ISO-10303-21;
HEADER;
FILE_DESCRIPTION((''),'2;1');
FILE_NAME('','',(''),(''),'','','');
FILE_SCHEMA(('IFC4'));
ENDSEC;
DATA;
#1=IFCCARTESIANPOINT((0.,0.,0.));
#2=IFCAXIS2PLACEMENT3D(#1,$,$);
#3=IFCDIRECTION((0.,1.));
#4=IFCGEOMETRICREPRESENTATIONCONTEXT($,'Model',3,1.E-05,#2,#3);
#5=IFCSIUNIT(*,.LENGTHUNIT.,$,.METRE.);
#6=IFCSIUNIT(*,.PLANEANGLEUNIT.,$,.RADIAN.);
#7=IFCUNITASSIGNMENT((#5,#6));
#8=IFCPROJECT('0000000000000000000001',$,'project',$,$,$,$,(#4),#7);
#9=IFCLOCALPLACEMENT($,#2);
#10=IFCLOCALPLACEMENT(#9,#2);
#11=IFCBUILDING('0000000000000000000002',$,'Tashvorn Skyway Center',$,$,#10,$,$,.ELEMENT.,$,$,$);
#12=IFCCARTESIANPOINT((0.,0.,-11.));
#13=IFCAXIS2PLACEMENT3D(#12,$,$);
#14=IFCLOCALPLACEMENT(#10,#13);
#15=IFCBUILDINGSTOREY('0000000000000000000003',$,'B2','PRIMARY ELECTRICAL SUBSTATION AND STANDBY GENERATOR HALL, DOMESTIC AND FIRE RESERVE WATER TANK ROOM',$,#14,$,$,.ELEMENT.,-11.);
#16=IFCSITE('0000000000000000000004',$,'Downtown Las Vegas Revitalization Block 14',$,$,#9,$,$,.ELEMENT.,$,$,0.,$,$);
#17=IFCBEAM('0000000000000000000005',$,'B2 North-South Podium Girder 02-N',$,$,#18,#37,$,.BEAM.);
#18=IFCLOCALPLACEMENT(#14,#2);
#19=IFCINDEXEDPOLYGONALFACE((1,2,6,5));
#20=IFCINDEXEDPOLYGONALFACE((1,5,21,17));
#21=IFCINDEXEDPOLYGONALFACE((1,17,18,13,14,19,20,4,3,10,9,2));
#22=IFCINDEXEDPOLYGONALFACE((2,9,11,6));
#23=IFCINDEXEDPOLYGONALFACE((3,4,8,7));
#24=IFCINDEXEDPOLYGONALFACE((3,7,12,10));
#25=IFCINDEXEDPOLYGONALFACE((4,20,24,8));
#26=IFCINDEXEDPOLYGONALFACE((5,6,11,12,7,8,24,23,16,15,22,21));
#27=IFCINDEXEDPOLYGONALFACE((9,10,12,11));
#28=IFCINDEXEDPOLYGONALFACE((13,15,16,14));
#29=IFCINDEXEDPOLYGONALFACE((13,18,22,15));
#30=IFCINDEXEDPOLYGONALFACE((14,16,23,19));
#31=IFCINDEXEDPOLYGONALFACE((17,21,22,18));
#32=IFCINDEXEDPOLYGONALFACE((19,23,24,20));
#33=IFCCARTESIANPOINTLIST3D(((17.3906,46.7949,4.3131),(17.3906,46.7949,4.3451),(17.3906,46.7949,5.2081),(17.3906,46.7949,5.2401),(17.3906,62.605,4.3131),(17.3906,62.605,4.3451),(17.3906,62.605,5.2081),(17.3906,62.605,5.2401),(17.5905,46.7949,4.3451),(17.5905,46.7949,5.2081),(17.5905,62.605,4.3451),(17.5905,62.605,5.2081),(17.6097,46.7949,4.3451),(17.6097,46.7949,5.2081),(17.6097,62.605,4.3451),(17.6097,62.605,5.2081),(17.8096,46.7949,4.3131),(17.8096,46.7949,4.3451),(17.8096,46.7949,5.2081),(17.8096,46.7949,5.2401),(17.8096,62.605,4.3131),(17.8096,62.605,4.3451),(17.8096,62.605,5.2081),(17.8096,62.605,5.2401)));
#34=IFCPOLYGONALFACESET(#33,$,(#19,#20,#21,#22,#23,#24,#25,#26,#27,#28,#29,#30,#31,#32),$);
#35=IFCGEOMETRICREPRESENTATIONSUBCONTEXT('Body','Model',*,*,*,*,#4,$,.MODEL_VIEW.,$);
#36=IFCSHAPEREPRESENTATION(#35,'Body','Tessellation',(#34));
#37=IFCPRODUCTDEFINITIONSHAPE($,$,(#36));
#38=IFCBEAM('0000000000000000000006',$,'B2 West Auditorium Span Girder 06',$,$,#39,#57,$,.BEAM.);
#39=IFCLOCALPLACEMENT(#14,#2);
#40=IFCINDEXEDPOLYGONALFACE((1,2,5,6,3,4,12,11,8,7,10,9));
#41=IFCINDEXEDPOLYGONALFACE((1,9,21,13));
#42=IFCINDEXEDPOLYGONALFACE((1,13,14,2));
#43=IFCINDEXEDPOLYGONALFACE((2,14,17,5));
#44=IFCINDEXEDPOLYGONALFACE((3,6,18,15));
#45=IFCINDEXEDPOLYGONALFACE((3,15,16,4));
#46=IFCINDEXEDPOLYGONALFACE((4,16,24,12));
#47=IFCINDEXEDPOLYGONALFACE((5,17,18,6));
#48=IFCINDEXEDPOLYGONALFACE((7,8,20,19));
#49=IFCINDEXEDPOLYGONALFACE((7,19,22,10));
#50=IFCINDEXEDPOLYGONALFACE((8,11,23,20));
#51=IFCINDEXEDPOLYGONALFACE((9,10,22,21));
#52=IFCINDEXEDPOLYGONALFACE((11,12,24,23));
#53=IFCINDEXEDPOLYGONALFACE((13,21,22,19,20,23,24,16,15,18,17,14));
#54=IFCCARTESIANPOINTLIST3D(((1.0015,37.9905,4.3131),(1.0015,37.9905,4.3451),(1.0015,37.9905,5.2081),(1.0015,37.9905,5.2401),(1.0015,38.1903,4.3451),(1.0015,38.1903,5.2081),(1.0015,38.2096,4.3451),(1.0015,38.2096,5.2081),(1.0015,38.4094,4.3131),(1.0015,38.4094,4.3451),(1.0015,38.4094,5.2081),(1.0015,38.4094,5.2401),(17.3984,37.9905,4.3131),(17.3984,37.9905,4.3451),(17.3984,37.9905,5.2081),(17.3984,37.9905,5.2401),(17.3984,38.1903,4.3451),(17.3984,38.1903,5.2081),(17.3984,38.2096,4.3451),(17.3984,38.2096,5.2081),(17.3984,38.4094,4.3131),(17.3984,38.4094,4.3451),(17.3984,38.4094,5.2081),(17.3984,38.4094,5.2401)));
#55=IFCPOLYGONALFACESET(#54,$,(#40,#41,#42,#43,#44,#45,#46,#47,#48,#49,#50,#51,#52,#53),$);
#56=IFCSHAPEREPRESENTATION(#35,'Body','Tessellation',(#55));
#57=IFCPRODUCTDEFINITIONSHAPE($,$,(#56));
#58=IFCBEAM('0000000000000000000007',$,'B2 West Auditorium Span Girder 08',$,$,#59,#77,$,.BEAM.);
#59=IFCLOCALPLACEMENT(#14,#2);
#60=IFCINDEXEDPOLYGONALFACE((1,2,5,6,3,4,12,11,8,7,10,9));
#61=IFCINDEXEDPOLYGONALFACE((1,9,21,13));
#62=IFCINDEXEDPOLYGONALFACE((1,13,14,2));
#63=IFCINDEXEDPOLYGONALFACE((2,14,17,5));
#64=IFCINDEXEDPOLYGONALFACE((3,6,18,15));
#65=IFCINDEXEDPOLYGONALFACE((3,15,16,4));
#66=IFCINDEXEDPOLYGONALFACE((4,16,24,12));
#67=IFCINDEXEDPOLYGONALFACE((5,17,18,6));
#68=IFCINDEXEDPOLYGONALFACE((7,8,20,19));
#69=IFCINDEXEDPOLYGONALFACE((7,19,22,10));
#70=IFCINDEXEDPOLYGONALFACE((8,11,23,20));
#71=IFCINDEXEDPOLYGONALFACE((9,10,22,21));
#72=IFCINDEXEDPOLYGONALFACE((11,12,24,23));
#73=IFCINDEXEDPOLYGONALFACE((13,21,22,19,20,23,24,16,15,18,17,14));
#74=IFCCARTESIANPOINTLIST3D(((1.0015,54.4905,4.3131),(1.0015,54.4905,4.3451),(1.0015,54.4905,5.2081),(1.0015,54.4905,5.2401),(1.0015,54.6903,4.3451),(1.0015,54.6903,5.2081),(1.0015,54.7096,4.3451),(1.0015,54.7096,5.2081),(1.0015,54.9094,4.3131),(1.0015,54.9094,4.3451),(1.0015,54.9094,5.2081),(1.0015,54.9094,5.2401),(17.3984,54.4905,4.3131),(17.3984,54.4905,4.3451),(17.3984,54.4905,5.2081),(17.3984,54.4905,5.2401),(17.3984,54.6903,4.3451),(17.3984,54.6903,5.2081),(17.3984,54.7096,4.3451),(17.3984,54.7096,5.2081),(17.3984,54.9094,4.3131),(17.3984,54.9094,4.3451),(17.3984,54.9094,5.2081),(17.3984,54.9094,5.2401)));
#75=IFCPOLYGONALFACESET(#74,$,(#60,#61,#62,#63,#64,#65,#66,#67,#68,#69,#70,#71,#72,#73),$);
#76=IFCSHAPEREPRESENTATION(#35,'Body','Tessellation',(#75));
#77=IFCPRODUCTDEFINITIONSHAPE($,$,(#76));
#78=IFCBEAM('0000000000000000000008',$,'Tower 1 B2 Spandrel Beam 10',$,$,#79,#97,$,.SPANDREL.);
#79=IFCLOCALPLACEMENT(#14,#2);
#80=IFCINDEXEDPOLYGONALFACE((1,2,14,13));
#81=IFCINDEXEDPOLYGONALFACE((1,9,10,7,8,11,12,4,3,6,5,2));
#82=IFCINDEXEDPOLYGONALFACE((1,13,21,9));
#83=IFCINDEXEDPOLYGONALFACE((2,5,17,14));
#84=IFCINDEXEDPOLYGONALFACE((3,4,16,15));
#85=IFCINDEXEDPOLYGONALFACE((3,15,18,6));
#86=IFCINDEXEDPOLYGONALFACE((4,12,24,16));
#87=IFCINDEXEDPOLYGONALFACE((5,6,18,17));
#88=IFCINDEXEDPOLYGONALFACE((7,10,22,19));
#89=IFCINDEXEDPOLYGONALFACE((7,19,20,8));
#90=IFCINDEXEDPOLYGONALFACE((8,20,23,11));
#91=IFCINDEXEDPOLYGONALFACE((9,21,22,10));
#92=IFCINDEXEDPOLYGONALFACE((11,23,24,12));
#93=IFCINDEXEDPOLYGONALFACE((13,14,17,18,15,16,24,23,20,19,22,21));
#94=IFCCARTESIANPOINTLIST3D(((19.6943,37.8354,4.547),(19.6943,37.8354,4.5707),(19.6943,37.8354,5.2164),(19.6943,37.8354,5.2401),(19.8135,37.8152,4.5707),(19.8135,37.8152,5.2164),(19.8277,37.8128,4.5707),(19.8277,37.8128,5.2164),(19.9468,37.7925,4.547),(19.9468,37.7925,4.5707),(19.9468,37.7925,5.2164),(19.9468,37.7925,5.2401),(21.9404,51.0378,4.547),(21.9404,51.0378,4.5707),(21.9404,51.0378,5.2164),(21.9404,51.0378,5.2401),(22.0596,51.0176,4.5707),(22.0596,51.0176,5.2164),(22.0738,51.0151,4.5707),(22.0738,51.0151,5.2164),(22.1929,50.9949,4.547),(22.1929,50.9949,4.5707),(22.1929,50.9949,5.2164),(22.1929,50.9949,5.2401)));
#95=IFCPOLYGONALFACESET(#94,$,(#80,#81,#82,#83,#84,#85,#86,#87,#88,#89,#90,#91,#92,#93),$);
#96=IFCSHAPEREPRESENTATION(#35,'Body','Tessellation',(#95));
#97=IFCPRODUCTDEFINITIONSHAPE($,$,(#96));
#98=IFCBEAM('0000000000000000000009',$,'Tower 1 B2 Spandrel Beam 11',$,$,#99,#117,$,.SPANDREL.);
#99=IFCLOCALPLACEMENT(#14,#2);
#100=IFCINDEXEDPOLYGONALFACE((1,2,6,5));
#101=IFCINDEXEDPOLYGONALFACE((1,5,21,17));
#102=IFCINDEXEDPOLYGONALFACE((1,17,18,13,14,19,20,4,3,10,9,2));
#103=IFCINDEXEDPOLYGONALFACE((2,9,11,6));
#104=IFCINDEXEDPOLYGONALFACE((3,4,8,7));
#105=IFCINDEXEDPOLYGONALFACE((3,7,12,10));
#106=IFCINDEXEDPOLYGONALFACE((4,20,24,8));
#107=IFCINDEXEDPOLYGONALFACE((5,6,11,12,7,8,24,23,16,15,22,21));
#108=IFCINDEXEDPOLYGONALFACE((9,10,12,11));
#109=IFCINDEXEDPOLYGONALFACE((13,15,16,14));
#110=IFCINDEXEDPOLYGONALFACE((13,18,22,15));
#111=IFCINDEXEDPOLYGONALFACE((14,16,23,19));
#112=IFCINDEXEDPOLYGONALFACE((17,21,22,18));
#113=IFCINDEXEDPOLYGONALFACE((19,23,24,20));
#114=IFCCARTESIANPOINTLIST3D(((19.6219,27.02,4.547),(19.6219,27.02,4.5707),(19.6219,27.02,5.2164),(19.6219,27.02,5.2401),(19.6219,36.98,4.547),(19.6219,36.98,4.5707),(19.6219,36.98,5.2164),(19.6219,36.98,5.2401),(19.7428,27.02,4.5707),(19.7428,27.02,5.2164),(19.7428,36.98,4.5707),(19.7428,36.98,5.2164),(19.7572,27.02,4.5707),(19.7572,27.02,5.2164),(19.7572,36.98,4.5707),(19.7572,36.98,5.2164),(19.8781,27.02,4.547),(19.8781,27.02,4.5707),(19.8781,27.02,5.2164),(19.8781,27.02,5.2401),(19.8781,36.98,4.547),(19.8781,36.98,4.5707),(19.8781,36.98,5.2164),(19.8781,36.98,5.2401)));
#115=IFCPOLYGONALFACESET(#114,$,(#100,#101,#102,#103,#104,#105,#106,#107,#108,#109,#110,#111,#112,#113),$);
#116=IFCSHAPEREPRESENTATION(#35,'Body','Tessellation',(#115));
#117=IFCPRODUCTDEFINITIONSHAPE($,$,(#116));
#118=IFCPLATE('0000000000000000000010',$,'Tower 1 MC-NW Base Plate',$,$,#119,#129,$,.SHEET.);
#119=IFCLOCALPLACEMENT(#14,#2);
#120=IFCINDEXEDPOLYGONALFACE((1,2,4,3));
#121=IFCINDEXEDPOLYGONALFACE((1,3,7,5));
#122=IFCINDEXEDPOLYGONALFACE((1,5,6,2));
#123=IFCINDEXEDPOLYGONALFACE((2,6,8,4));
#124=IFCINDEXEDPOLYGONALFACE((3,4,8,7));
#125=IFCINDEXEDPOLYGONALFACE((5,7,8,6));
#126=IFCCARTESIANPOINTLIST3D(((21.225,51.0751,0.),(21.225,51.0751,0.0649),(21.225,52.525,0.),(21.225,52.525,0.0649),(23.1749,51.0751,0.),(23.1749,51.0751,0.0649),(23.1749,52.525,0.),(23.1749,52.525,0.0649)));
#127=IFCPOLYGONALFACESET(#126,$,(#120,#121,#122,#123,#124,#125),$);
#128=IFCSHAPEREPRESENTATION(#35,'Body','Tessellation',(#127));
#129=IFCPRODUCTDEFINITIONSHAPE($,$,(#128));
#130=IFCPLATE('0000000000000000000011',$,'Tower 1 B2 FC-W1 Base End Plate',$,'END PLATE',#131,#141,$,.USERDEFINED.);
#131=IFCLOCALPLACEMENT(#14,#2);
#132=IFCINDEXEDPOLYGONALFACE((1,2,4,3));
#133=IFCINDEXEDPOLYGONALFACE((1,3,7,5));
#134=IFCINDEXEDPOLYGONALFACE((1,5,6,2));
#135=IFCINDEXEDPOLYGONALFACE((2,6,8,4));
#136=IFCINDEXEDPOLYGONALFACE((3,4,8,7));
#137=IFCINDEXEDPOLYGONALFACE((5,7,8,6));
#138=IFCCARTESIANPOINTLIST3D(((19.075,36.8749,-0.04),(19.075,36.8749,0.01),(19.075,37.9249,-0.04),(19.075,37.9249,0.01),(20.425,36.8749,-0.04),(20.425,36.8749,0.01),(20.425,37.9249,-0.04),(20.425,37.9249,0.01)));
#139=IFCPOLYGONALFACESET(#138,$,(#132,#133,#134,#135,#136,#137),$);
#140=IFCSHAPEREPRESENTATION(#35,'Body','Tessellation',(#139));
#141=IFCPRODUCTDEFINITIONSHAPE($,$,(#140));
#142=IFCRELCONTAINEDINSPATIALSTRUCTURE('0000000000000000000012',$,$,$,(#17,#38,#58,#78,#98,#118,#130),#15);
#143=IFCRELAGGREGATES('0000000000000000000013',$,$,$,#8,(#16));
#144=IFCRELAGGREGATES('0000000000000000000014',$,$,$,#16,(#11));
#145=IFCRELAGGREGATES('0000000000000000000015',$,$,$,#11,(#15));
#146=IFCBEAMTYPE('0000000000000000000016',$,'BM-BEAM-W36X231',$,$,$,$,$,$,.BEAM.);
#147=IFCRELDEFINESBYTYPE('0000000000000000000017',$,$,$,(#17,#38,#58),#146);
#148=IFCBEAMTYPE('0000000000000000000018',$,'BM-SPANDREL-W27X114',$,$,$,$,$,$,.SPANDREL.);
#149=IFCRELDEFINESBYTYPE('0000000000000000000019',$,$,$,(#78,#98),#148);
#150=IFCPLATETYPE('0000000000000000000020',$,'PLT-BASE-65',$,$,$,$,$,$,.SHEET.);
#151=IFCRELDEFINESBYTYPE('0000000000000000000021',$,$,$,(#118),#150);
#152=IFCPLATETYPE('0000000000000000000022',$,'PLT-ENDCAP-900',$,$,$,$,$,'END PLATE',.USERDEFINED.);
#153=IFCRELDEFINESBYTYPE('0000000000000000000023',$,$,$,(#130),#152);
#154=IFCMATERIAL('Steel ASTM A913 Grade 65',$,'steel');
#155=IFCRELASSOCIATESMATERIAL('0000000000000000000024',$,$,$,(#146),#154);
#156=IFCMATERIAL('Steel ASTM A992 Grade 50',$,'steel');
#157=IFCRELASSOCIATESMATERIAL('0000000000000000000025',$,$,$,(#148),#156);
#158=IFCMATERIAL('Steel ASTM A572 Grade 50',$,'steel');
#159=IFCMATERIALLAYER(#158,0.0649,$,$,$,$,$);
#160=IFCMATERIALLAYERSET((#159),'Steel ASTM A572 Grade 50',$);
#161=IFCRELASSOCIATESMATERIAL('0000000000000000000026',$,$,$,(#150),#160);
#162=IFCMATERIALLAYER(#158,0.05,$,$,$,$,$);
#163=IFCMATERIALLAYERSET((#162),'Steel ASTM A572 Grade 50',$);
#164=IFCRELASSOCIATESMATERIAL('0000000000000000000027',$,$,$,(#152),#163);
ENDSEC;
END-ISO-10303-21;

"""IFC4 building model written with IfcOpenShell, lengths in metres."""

from ifc_helpers import new_model, si_unit, direction, frame, origin, origin_2d, place, context, subcontext, project, spatial, rectangle, i_section, extrude, material, layer, layer_set, material_profile, profile_set, type_object, element, save


model = new_model("IFC4")

# Units and contexts
model_context = context("Model", 3, precision=1e-05, world=origin(), true_north=direction((0.0, 1.0)))
body_context = subcontext(model_context, "Body", "Model", "MODEL_VIEW")
ifc_project = project(units=[si_unit("LENGTHUNIT", "METRE"), si_unit("PLANEANGLEUNIT", "RADIAN")], contexts=[model_context])

# Site, building, storey
site_placement = place(None, origin())
site = spatial("IfcSite", under=ifc_project, at=site_placement, Name="Downtown Las Vegas Revitalization Block 14", CompositionType="ELEMENT", RefElevation=0.0)
building_placement = place(site_placement, origin())
building = spatial("IfcBuilding", under=site, at=building_placement, Name="Tashvorn Skyway Center", CompositionType="ELEMENT")
storey_placement = place(building_placement, frame((0.0, 0.0, -11.0)))
storey = spatial("IfcBuildingStorey", under=building, at=storey_placement, Name="B2", Description="PRIMARY ELECTRICAL SUBSTATION AND STANDBY GENERATOR HALL, DOMESTIC AND FIRE RESERVE WATER TANK ROOM", CompositionType="ELEMENT", Elevation=-11.0)

# Shared definitions
ifc_material_1 = material(Name="Steel ASTM A572 Grade 50", Category="steel")

# Beams
ifc_material_2 = material(Name="Steel ASTM A992 Grade 50", Category="steel")
ifc_material_3 = material(Name="Steel ASTM A913 Grade 65", Category="steel")
ifc_material_profile_1 = material_profile(ifc_material_3, i_section(OverallWidth=0.4189, OverallDepth=0.927, WebThickness=0.0193, FlangeThickness=0.032, at=origin_2d()), Name="W36X231")
ifc_profile_set_1 = profile_set([ifc_material_profile_1], Name="Steel ASTM A913 Grade 65")
beam_type_1 = type_object("IfcBeamType", Name="BM-BEAM-W36X231", PredefinedType="BEAM", material=ifc_profile_set_1)
for number, where, z_axis, x_axis, name in (
    (1, (17.6001, 46.7949, 4.7766), (0.0, 1.0, 0.0), (-1.0, 0.0, 0.0), "B2 North-South Podium Girder 02-N"),
):
    element("IfcBeam", number, at=place(storey_placement, frame(where, z_axis=z_axis, x_axis=x_axis)), inside=storey, type_object=beam_type_1, Name=name, PredefinedType="BEAM", context=body_context, shape_type="SweptSolid", body=[
        extrude(i_section(OverallWidth=0.4189, OverallDepth=0.927, WebThickness=0.0193, FlangeThickness=0.032, at=origin_2d()), origin(), (0.0, 0.0, 1.0), 15.8101),
    ])
for number, where, z_axis, x_axis, name in (
    (2, (1.0015, 38.2, 4.7766), (1.0, 0.0, 0.0), (0.0, 1.0, 0.0), "B2 West Auditorium Span Girder 06"),
    (3, (1.0015, 54.7, 4.7766), (1.0, 0.0, 0.0), (0.0, 1.0, 0.0), "B2 West Auditorium Span Girder 08"),
):
    element("IfcBeam", number, at=place(storey_placement, frame(where, z_axis=z_axis, x_axis=x_axis)), inside=storey, type_object=beam_type_1, Name=name, PredefinedType="BEAM", context=body_context, shape_type="SweptSolid", body=[
        extrude(i_section(OverallWidth=0.4189, OverallDepth=0.927, WebThickness=0.0193, FlangeThickness=0.032, at=origin_2d()), origin(), (0.0, 0.0, 1.0), 16.397),
    ])
ifc_material_profile_2 = material_profile(ifc_material_2, i_section(OverallWidth=0.2561, OverallDepth=0.6931, WebThickness=0.0144, FlangeThickness=0.0237, at=origin_2d()), Name="W27X114")
ifc_profile_set_2 = profile_set([ifc_material_profile_2], Name="Steel ASTM A992 Grade 50")
beam_type_2 = type_object("IfcBeamType", Name="BM-SPANDREL-W27X114", PredefinedType="SPANDREL", material=ifc_profile_set_2)
beam_1_placement = place(storey_placement, frame((22.0667, 51.0164, 4.8936), z_axis=(-0.167718, -0.985835, 0.0), x_axis=(0.985835, -0.167718, 0.0)))
element("IfcBeam", 4, at=beam_1_placement, inside=storey, type_object=beam_type_2, Name="Tower 1 B2 Spandrel Beam 10", PredefinedType="SPANDREL", context=body_context, shape_type="SweptSolid", body=[
    extrude(i_section(OverallWidth=0.2561, OverallDepth=0.6931, WebThickness=0.0144, FlangeThickness=0.0237, at=origin_2d()), origin(), (0.0, 0.0, 1.0), 13.3921),
])
beam_2_placement = place(storey_placement, frame((19.75, 36.98, 4.8936), z_axis=(0.0, -1.0, 0.0), x_axis=(1.0, 0.0, 0.0)))
element("IfcBeam", 5, at=beam_2_placement, inside=storey, type_object=beam_type_2, Name="Tower 1 B2 Spandrel Beam 11", PredefinedType="SPANDREL", context=body_context, shape_type="SweptSolid", body=[
    extrude(i_section(OverallWidth=0.2561, OverallDepth=0.6931, WebThickness=0.0144, FlangeThickness=0.0237, at=origin_2d()), origin(), (0.0, 0.0, 1.0), 9.96),
])

# Plates
ifc_layer_1 = layer(ifc_material_1, 0.0649)
ifc_layer_set_1 = layer_set([ifc_layer_1], Name="Steel ASTM A572 Grade 50")
plate_type_1 = type_object("IfcPlateType", Name="PLT-BASE-65", PredefinedType="SHEET", material=ifc_layer_set_1)
plate_1_placement = place(storey_placement, frame((22.2, 51.8, 0.0), z_axis=(0.0, 0.0, 1.0), x_axis=(1.0, 0.0, 0.0)))
element("IfcPlate", 6, at=plate_1_placement, inside=storey, type_object=plate_type_1, Name="Tower 1 MC-NW Base Plate", PredefinedType="SHEET", context=body_context, shape_type="SweptSolid", body=[
    extrude(rectangle(XDim=1.95, YDim=1.45, at=origin_2d()), origin(), (0.0, 0.0, 1.0), 0.0649),
])
ifc_layer_2 = layer(ifc_material_1, 0.05)
ifc_layer_set_2 = layer_set([ifc_layer_2], Name="Steel ASTM A572 Grade 50")
plate_type_2 = type_object("IfcPlateType", Name="PLT-ENDCAP-900", ElementType="END PLATE", PredefinedType="USERDEFINED", material=ifc_layer_set_2)
plate_2_placement = place(storey_placement, frame((19.75, 37.3999, -0.04), z_axis=(0.0, 0.0, 1.0), x_axis=(1.0, 0.0, 0.0)))
element("IfcPlate", 7, at=plate_2_placement, inside=storey, type_object=plate_type_2, Name="Tower 1 B2 FC-W1 Base End Plate", ObjectType="END PLATE", PredefinedType="USERDEFINED", context=body_context, shape_type="SweptSolid", body=[
    extrude(rectangle(XDim=1.3501, YDim=1.05, at=origin_2d()), origin(), (0.0, 0.0, 1.0), 0.05),
])

save(model, "model.ifc")
